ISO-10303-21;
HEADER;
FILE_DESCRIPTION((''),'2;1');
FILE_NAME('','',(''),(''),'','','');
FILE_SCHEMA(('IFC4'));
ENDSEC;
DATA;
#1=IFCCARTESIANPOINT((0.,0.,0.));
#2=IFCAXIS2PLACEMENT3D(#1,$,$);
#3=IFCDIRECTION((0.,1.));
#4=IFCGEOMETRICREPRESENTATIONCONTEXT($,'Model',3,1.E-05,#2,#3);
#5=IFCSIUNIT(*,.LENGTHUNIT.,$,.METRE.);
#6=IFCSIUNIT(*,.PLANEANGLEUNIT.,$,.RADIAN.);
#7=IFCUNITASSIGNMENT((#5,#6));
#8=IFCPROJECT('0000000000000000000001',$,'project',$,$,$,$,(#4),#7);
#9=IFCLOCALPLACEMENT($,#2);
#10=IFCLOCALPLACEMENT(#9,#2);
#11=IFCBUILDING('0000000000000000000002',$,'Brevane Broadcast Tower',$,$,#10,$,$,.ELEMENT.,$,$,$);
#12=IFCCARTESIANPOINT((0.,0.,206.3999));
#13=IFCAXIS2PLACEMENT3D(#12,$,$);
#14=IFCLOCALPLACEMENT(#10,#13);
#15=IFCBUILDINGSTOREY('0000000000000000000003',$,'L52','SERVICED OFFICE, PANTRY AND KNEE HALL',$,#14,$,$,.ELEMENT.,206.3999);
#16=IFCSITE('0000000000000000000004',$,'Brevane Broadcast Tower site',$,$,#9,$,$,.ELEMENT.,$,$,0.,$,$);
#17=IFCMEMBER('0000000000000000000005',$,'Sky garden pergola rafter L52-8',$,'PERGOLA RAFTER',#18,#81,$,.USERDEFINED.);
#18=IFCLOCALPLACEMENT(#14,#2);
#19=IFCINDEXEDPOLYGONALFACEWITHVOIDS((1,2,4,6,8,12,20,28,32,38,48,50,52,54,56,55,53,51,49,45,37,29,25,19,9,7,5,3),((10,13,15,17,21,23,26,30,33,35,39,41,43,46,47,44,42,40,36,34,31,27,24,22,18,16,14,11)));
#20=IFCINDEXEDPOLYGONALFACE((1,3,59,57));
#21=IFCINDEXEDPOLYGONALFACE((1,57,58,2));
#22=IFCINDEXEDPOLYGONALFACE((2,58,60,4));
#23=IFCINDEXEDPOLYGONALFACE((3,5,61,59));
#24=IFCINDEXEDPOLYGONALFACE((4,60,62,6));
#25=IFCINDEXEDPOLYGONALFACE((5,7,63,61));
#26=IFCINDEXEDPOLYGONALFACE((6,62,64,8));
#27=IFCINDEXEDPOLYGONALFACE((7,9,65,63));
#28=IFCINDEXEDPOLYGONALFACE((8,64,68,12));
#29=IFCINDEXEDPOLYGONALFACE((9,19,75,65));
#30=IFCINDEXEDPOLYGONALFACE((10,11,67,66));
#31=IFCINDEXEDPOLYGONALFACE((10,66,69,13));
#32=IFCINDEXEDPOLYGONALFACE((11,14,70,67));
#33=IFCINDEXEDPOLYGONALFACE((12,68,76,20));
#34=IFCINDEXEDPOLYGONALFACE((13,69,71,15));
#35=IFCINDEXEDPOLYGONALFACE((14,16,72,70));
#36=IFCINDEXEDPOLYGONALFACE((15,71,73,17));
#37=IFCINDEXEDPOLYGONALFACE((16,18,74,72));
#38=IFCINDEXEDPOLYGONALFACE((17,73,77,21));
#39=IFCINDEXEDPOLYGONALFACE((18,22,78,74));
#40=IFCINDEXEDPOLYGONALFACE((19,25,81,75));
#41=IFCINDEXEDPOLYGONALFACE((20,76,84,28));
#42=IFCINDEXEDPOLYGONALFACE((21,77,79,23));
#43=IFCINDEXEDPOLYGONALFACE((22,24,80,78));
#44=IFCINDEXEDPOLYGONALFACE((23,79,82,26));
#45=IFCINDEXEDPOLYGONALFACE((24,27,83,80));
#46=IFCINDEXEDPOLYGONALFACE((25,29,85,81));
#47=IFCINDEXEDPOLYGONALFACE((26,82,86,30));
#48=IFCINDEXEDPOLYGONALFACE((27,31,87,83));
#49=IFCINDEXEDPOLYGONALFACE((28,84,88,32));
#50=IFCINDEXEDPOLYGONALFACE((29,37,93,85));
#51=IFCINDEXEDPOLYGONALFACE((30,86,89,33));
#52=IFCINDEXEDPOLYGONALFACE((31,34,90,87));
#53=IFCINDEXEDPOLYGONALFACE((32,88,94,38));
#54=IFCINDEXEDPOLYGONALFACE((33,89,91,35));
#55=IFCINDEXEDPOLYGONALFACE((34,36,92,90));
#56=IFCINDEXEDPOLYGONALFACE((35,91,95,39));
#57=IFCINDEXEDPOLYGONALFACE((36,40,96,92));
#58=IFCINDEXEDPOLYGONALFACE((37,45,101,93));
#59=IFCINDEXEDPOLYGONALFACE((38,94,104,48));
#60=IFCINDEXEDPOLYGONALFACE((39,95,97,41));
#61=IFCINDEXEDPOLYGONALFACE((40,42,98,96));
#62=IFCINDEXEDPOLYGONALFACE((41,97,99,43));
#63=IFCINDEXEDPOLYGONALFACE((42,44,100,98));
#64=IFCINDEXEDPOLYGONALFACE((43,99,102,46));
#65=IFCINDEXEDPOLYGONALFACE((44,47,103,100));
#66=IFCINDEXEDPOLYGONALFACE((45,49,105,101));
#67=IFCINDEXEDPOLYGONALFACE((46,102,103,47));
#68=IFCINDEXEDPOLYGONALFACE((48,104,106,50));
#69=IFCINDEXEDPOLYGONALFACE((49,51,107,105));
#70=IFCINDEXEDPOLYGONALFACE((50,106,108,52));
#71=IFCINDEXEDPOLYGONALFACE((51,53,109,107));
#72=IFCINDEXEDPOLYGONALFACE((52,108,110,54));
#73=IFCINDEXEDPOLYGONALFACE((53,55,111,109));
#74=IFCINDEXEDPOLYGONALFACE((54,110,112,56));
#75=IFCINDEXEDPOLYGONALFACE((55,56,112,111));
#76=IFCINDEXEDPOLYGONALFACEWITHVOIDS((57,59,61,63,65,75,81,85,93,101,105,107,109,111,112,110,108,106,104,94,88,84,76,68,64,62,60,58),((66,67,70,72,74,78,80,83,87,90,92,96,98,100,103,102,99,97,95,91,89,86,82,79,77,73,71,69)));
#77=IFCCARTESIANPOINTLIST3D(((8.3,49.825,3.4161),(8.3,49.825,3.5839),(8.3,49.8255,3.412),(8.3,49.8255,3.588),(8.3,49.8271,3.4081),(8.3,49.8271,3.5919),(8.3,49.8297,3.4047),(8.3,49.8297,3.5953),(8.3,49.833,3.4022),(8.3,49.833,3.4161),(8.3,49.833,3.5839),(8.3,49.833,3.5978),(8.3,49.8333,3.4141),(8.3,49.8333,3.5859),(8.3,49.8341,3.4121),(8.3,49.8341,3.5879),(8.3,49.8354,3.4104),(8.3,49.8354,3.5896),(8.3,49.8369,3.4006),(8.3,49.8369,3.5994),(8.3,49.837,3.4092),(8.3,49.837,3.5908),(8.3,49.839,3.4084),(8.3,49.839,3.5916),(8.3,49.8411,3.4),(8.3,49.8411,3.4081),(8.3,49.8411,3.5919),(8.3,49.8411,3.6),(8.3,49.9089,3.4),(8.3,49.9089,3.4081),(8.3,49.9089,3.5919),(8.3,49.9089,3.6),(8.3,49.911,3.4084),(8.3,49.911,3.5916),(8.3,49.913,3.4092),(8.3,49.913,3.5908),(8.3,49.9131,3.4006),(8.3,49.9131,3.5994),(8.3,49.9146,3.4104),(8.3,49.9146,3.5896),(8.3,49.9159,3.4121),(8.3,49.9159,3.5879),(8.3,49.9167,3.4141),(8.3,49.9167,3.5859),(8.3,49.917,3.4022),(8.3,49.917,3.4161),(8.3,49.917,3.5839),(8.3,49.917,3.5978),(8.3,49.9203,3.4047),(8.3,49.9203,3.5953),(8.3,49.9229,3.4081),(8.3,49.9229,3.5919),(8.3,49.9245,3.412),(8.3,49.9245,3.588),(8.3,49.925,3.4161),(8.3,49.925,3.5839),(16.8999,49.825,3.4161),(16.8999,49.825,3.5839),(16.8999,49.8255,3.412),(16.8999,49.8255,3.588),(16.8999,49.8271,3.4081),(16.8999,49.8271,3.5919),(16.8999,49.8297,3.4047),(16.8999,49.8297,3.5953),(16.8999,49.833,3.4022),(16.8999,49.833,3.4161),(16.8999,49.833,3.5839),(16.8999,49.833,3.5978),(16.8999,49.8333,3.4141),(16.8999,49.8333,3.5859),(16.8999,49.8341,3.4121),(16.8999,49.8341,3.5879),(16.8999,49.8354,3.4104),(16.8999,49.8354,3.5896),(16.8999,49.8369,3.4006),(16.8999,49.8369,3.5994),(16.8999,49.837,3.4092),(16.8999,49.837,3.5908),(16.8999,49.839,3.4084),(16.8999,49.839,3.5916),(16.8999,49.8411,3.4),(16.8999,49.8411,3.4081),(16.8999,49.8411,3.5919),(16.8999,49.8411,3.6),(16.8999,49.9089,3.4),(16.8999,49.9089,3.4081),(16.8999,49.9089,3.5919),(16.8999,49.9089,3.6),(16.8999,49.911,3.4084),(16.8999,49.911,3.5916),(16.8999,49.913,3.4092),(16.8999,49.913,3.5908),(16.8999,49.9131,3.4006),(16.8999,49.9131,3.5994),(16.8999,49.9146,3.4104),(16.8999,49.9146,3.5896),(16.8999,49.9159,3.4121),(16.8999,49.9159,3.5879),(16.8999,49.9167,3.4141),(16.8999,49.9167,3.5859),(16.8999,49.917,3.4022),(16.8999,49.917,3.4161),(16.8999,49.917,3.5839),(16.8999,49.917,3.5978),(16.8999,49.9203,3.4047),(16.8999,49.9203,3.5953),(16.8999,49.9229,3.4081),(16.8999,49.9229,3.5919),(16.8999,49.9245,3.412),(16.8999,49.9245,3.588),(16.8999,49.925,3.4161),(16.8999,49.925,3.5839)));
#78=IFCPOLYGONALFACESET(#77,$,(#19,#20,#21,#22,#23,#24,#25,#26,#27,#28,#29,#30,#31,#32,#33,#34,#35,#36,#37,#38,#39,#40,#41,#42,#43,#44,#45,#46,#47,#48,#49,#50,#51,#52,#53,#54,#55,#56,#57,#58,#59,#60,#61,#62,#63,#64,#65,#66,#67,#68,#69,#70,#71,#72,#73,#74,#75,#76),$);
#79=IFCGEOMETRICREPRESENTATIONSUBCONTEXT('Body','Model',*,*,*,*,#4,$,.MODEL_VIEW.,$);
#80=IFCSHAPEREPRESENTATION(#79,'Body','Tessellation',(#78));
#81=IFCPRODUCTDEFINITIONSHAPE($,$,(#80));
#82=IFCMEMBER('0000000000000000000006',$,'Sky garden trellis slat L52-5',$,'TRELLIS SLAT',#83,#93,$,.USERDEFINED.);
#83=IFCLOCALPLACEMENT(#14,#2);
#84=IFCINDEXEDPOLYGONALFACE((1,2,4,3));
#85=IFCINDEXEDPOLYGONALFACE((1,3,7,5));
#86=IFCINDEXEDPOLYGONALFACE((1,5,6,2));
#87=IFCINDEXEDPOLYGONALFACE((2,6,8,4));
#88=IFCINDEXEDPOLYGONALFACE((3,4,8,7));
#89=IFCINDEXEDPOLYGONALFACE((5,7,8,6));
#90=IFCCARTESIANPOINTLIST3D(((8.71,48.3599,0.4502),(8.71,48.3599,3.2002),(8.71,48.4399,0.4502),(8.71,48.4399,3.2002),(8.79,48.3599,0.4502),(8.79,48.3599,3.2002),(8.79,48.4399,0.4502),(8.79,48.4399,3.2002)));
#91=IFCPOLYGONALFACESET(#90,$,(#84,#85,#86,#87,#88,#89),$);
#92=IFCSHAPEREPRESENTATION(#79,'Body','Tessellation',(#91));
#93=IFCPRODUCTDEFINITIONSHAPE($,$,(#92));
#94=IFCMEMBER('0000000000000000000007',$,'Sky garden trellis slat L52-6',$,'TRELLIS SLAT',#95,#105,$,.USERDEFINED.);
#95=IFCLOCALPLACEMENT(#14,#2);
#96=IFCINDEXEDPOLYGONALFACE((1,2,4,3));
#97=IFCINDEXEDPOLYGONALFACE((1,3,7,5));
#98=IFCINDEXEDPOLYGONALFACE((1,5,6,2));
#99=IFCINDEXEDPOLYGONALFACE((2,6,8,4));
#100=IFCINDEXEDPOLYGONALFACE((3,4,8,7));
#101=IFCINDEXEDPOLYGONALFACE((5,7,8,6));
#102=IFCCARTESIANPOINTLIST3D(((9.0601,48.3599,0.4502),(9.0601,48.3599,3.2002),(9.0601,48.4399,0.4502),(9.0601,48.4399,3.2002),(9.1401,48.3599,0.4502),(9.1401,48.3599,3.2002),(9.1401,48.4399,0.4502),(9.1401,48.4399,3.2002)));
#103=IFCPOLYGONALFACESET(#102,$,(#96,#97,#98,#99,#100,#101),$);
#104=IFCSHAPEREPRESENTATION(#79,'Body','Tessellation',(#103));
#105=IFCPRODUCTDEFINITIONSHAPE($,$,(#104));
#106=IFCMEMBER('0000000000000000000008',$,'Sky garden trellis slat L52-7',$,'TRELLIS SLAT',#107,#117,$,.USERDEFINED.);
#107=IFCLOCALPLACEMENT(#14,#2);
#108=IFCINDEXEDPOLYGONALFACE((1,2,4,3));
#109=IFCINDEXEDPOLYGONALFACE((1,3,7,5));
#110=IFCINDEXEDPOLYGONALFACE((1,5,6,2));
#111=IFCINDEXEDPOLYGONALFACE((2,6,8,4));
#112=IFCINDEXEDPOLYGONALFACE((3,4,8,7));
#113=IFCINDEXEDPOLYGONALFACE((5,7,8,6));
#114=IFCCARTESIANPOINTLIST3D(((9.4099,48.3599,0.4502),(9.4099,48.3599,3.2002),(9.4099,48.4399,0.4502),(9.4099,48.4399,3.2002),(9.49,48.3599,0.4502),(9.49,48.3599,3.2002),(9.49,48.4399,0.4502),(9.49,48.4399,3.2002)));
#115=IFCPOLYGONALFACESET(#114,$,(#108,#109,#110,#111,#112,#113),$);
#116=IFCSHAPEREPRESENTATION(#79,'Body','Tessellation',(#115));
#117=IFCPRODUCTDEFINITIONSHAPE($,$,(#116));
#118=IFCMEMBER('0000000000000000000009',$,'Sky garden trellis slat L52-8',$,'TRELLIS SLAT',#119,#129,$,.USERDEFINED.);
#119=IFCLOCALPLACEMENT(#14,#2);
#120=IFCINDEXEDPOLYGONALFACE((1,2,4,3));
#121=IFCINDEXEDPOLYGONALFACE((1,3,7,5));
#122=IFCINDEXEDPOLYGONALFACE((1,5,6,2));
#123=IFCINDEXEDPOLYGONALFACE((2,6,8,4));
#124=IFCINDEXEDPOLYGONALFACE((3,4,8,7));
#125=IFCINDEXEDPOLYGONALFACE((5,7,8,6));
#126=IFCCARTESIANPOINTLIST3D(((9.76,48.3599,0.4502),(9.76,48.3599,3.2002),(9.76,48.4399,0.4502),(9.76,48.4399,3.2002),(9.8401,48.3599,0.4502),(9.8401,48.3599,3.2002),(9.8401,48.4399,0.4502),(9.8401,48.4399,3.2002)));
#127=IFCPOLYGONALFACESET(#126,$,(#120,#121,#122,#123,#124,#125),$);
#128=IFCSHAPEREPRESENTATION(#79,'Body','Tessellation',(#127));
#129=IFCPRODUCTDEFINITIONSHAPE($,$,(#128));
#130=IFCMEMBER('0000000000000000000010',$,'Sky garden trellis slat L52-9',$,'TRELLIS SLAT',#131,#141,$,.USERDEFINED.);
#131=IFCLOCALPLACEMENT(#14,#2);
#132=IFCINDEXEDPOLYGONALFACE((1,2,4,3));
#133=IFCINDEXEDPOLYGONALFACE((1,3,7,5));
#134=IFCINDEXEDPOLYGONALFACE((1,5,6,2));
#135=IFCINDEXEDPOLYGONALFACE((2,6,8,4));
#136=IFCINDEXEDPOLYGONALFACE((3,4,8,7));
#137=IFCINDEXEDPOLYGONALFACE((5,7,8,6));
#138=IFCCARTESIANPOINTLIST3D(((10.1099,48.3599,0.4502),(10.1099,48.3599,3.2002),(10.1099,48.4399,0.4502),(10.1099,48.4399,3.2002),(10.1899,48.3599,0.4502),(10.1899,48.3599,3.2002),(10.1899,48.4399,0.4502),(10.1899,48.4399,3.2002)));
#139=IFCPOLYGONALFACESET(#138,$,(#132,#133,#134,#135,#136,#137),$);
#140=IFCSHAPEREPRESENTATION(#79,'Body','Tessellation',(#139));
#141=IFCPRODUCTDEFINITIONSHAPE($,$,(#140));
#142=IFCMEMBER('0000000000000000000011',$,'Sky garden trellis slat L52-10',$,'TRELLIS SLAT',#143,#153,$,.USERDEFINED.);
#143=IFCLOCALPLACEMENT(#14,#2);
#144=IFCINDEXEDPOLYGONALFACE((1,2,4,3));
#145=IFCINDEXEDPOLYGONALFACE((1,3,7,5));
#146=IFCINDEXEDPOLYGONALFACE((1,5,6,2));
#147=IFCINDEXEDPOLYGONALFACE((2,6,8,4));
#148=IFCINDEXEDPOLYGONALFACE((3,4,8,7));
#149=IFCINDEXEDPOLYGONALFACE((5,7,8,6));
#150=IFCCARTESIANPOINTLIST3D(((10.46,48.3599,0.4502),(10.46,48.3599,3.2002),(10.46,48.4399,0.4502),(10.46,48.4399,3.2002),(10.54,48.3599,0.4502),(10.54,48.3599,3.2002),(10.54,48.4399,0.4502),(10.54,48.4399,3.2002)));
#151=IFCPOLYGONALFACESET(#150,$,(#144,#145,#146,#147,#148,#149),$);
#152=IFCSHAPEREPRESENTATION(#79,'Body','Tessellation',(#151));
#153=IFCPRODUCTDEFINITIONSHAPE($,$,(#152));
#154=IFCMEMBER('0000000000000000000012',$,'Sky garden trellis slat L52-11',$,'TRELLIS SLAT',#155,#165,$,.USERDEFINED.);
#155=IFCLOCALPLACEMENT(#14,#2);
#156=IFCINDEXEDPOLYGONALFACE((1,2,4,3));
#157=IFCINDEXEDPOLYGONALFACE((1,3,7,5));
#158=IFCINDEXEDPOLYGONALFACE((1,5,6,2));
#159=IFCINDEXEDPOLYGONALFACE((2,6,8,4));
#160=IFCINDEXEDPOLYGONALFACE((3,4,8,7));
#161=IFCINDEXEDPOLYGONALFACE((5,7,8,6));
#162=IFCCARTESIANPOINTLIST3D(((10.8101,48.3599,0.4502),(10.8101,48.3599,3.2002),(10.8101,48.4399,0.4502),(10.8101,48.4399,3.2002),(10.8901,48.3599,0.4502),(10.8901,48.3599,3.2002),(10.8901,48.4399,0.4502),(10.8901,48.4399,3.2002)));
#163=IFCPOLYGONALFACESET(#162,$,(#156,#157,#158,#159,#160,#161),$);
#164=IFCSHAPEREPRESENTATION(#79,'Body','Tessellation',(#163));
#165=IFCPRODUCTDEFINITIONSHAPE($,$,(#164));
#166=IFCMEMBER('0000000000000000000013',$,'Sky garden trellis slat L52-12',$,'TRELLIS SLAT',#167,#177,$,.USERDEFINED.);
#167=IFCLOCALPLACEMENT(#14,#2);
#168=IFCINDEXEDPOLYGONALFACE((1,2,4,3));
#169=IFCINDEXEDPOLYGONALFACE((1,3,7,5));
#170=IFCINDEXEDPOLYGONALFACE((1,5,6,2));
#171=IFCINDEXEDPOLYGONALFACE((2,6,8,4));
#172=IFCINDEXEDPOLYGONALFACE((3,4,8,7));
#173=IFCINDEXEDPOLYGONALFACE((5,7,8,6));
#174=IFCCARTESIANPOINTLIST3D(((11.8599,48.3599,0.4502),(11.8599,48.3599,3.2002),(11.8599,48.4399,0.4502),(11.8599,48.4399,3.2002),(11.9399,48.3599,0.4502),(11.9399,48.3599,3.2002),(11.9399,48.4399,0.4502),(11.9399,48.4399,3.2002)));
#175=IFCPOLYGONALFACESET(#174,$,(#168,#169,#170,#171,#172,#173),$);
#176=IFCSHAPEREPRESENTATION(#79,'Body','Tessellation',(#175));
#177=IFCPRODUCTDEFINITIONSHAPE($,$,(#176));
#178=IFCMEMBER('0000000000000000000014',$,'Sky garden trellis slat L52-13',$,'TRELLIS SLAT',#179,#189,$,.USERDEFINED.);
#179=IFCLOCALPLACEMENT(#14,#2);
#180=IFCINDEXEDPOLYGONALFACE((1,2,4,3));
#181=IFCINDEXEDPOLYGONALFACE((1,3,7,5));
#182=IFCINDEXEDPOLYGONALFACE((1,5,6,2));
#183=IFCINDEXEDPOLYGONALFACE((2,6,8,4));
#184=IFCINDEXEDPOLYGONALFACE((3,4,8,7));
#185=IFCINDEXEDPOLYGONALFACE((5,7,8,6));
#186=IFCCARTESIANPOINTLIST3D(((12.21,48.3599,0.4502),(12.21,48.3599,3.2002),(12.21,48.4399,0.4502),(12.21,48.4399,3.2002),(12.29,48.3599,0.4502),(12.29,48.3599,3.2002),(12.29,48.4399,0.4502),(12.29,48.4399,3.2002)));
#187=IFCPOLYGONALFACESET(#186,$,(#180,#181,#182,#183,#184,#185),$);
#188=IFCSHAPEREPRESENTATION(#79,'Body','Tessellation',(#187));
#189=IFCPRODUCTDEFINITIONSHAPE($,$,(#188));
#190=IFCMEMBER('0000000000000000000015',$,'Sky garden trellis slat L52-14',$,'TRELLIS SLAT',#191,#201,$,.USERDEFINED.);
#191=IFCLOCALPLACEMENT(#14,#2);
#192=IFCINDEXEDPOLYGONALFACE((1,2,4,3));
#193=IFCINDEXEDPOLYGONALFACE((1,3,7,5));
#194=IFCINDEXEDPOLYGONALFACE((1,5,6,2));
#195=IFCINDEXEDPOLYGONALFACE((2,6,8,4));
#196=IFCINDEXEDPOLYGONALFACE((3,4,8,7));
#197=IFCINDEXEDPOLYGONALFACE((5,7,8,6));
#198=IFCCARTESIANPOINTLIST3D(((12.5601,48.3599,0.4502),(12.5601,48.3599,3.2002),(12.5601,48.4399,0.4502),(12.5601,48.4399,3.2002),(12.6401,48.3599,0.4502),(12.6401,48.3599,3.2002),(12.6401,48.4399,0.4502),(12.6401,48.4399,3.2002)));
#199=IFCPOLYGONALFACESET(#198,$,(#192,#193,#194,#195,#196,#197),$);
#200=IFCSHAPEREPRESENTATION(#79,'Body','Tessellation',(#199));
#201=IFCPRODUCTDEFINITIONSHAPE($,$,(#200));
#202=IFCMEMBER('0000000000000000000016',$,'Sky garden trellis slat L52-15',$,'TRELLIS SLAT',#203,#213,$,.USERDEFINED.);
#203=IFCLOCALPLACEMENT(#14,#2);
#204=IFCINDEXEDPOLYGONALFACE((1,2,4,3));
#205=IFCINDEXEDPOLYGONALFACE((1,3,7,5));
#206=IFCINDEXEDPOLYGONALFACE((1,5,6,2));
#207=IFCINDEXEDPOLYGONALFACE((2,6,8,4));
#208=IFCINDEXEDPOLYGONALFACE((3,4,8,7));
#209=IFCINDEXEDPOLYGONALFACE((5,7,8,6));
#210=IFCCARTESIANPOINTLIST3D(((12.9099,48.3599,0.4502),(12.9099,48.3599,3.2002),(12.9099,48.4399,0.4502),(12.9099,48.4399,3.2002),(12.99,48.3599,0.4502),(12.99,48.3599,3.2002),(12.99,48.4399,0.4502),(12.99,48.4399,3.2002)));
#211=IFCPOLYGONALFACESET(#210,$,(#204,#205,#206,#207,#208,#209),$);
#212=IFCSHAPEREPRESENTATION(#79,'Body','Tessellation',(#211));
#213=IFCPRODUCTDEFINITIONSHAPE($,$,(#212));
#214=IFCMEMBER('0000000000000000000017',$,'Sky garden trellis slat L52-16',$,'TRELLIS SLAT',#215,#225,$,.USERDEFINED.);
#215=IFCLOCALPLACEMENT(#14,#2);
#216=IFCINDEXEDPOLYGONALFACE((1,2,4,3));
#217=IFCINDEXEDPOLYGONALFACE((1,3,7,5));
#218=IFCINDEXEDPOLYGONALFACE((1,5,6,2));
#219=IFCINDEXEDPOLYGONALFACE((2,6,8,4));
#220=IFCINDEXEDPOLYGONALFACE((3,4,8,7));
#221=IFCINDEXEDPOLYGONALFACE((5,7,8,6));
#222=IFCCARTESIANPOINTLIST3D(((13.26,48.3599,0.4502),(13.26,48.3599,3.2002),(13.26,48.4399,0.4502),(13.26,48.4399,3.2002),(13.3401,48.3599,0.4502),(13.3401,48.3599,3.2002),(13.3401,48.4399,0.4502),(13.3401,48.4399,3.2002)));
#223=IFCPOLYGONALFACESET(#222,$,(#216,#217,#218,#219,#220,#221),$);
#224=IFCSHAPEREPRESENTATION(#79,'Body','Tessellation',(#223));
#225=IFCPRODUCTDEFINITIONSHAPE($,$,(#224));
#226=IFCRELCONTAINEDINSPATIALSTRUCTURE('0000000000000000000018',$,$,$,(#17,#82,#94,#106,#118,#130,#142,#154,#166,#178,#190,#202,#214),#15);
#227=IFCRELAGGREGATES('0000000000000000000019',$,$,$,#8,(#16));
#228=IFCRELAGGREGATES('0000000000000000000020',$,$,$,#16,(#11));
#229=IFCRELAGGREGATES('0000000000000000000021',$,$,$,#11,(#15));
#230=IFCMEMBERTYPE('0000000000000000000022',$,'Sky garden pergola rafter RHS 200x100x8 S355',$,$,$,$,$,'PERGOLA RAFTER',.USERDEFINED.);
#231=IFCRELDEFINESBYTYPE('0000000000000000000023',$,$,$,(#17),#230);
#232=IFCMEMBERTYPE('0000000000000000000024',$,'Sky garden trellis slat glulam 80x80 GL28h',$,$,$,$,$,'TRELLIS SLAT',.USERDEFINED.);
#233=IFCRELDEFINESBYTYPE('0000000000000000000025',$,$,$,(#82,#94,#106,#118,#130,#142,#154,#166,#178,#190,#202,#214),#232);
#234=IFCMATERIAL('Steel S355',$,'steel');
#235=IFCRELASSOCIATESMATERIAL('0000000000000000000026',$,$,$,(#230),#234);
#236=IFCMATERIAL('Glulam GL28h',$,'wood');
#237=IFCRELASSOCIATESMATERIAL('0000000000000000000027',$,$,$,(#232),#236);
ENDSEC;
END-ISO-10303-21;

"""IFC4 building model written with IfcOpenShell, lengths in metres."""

from ifc_helpers import new_model, si_unit, direction, frame, origin, origin_2d, place, context, subcontext, project, spatial, rectangle, hollow_rectangle, extrude, material, material_profile, profile_set, type_object, element, save


model = new_model("IFC4")

# Units and contexts
model_context = context("Model", 3, precision=1e-05, world=origin(), true_north=direction((0.0, 1.0)))
body_context = subcontext(model_context, "Body", "Model", "MODEL_VIEW")
ifc_project = project(units=[si_unit("LENGTHUNIT", "METRE"), si_unit("PLANEANGLEUNIT", "RADIAN")], contexts=[model_context])

# Site, building, storey
site_placement = place(None, origin())
site = spatial("IfcSite", under=ifc_project, at=site_placement, Name="Brevane Broadcast Tower site", CompositionType="ELEMENT", RefElevation=0.0)
building_placement = place(site_placement, origin())
building = spatial("IfcBuilding", under=site, at=building_placement, Name="Brevane Broadcast Tower", CompositionType="ELEMENT")
storey_placement = place(building_placement, frame((0.0, 0.0, 206.3999)))
storey = spatial("IfcBuildingStorey", under=building, at=storey_placement, Name="L52", Description="SERVICED OFFICE, PANTRY AND KNEE HALL", CompositionType="ELEMENT", Elevation=206.3999)

# Members
ifc_material_1 = material(Name="Steel S355", Category="steel")
ifc_material_profile_1 = material_profile(ifc_material_1, hollow_rectangle(XDim=0.1001, YDim=0.2, WallThickness=0.0081, InnerFilletRadius=0.0081, OuterFilletRadius=0.0161, at=origin_2d()), Name="RHS 200x100x8")
ifc_profile_set_1 = profile_set([ifc_material_profile_1], Name="Steel S355")
member_type_1 = type_object("IfcMemberType", Name="Sky garden pergola rafter RHS 200x100x8 S355", ElementType="PERGOLA RAFTER", PredefinedType="USERDEFINED", material=ifc_profile_set_1)
for number, where, z_axis, x_axis, name in (
    (1, (8.3, 49.875, 3.5), (1.0, 0.0, 0.0), (0.0, 1.0, 0.0), "Sky garden pergola rafter L52-8"),
):
    element("IfcMember", number, at=place(storey_placement, frame(where, z_axis=z_axis, x_axis=x_axis)), inside=storey, type_object=member_type_1, Name=name, ObjectType="PERGOLA RAFTER", PredefinedType="USERDEFINED", context=body_context, shape_type="SweptSolid", body=[
        extrude(hollow_rectangle(XDim=0.1001, YDim=0.2, WallThickness=0.0081, InnerFilletRadius=0.0081, OuterFilletRadius=0.0161, at=origin_2d()), origin(), (0.0, 0.0, 1.0), 8.5999),
    ])
ifc_material_2 = material(Name="Glulam GL28h", Category="wood")
ifc_material_profile_2 = material_profile(ifc_material_2, rectangle(XDim=0.0801, YDim=0.0801, at=origin_2d()), Name="RECT 80x80")
ifc_profile_set_2 = profile_set([ifc_material_profile_2], Name="Glulam GL28h")
member_type_2 = type_object("IfcMemberType", Name="Sky garden trellis slat glulam 80x80 GL28h", ElementType="TRELLIS SLAT", PredefinedType="USERDEFINED", material=ifc_profile_set_2)
for number, where, z_axis, x_axis, name in (
    (2, (8.75, 48.3999, 0.4502), (0.0, 0.0, 1.0), (1.0, 0.0, 0.0), "Sky garden trellis slat L52-5"),
    (3, (9.1001, 48.3999, 0.4502), (0.0, 0.0, 1.0), (1.0, 0.0, 0.0), "Sky garden trellis slat L52-6"),
    (4, (9.45, 48.3999, 0.4502), (0.0, 0.0, 1.0), (1.0, 0.0, 0.0), "Sky garden trellis slat L52-7"),
    (5, (9.8, 48.3999, 0.4502), (0.0, 0.0, 1.0), (1.0, 0.0, 0.0), "Sky garden trellis slat L52-8"),
    (6, (10.1499, 48.3999, 0.4502), (0.0, 0.0, 1.0), (1.0, 0.0, 0.0), "Sky garden trellis slat L52-9"),
    (7, (10.5, 48.3999, 0.4502), (0.0, 0.0, 1.0), (1.0, 0.0, 0.0), "Sky garden trellis slat L52-10"),
    (8, (10.8501, 48.3999, 0.4502), (0.0, 0.0, 1.0), (1.0, 0.0, 0.0), "Sky garden trellis slat L52-11"),
    (9, (11.8999, 48.3999, 0.4502), (0.0, 0.0, 1.0), (1.0, 0.0, 0.0), "Sky garden trellis slat L52-12"),
    (10, (12.25, 48.3999, 0.4502), (0.0, 0.0, 1.0), (1.0, 0.0, 0.0), "Sky garden trellis slat L52-13"),
    (11, (12.6001, 48.3999, 0.4502), (0.0, 0.0, 1.0), (1.0, 0.0, 0.0), "Sky garden trellis slat L52-14"),
    (12, (12.95, 48.3999, 0.4502), (0.0, 0.0, 1.0), (1.0, 0.0, 0.0), "Sky garden trellis slat L52-15"),
    (13, (13.3, 48.3999, 0.4502), (0.0, 0.0, 1.0), (1.0, 0.0, 0.0), "Sky garden trellis slat L52-16"),
):
    element("IfcMember", number, at=place(storey_placement, frame(where, z_axis=z_axis, x_axis=x_axis)), inside=storey, type_object=member_type_2, Name=name, ObjectType="TRELLIS SLAT", PredefinedType="USERDEFINED", context=body_context, shape_type="SweptSolid", body=[
        extrude(rectangle(XDim=0.0801, YDim=0.0801, at=origin_2d()), origin(), (0.0, 0.0, 1.0), 2.75),
    ])

save(model, "model.ifc")
